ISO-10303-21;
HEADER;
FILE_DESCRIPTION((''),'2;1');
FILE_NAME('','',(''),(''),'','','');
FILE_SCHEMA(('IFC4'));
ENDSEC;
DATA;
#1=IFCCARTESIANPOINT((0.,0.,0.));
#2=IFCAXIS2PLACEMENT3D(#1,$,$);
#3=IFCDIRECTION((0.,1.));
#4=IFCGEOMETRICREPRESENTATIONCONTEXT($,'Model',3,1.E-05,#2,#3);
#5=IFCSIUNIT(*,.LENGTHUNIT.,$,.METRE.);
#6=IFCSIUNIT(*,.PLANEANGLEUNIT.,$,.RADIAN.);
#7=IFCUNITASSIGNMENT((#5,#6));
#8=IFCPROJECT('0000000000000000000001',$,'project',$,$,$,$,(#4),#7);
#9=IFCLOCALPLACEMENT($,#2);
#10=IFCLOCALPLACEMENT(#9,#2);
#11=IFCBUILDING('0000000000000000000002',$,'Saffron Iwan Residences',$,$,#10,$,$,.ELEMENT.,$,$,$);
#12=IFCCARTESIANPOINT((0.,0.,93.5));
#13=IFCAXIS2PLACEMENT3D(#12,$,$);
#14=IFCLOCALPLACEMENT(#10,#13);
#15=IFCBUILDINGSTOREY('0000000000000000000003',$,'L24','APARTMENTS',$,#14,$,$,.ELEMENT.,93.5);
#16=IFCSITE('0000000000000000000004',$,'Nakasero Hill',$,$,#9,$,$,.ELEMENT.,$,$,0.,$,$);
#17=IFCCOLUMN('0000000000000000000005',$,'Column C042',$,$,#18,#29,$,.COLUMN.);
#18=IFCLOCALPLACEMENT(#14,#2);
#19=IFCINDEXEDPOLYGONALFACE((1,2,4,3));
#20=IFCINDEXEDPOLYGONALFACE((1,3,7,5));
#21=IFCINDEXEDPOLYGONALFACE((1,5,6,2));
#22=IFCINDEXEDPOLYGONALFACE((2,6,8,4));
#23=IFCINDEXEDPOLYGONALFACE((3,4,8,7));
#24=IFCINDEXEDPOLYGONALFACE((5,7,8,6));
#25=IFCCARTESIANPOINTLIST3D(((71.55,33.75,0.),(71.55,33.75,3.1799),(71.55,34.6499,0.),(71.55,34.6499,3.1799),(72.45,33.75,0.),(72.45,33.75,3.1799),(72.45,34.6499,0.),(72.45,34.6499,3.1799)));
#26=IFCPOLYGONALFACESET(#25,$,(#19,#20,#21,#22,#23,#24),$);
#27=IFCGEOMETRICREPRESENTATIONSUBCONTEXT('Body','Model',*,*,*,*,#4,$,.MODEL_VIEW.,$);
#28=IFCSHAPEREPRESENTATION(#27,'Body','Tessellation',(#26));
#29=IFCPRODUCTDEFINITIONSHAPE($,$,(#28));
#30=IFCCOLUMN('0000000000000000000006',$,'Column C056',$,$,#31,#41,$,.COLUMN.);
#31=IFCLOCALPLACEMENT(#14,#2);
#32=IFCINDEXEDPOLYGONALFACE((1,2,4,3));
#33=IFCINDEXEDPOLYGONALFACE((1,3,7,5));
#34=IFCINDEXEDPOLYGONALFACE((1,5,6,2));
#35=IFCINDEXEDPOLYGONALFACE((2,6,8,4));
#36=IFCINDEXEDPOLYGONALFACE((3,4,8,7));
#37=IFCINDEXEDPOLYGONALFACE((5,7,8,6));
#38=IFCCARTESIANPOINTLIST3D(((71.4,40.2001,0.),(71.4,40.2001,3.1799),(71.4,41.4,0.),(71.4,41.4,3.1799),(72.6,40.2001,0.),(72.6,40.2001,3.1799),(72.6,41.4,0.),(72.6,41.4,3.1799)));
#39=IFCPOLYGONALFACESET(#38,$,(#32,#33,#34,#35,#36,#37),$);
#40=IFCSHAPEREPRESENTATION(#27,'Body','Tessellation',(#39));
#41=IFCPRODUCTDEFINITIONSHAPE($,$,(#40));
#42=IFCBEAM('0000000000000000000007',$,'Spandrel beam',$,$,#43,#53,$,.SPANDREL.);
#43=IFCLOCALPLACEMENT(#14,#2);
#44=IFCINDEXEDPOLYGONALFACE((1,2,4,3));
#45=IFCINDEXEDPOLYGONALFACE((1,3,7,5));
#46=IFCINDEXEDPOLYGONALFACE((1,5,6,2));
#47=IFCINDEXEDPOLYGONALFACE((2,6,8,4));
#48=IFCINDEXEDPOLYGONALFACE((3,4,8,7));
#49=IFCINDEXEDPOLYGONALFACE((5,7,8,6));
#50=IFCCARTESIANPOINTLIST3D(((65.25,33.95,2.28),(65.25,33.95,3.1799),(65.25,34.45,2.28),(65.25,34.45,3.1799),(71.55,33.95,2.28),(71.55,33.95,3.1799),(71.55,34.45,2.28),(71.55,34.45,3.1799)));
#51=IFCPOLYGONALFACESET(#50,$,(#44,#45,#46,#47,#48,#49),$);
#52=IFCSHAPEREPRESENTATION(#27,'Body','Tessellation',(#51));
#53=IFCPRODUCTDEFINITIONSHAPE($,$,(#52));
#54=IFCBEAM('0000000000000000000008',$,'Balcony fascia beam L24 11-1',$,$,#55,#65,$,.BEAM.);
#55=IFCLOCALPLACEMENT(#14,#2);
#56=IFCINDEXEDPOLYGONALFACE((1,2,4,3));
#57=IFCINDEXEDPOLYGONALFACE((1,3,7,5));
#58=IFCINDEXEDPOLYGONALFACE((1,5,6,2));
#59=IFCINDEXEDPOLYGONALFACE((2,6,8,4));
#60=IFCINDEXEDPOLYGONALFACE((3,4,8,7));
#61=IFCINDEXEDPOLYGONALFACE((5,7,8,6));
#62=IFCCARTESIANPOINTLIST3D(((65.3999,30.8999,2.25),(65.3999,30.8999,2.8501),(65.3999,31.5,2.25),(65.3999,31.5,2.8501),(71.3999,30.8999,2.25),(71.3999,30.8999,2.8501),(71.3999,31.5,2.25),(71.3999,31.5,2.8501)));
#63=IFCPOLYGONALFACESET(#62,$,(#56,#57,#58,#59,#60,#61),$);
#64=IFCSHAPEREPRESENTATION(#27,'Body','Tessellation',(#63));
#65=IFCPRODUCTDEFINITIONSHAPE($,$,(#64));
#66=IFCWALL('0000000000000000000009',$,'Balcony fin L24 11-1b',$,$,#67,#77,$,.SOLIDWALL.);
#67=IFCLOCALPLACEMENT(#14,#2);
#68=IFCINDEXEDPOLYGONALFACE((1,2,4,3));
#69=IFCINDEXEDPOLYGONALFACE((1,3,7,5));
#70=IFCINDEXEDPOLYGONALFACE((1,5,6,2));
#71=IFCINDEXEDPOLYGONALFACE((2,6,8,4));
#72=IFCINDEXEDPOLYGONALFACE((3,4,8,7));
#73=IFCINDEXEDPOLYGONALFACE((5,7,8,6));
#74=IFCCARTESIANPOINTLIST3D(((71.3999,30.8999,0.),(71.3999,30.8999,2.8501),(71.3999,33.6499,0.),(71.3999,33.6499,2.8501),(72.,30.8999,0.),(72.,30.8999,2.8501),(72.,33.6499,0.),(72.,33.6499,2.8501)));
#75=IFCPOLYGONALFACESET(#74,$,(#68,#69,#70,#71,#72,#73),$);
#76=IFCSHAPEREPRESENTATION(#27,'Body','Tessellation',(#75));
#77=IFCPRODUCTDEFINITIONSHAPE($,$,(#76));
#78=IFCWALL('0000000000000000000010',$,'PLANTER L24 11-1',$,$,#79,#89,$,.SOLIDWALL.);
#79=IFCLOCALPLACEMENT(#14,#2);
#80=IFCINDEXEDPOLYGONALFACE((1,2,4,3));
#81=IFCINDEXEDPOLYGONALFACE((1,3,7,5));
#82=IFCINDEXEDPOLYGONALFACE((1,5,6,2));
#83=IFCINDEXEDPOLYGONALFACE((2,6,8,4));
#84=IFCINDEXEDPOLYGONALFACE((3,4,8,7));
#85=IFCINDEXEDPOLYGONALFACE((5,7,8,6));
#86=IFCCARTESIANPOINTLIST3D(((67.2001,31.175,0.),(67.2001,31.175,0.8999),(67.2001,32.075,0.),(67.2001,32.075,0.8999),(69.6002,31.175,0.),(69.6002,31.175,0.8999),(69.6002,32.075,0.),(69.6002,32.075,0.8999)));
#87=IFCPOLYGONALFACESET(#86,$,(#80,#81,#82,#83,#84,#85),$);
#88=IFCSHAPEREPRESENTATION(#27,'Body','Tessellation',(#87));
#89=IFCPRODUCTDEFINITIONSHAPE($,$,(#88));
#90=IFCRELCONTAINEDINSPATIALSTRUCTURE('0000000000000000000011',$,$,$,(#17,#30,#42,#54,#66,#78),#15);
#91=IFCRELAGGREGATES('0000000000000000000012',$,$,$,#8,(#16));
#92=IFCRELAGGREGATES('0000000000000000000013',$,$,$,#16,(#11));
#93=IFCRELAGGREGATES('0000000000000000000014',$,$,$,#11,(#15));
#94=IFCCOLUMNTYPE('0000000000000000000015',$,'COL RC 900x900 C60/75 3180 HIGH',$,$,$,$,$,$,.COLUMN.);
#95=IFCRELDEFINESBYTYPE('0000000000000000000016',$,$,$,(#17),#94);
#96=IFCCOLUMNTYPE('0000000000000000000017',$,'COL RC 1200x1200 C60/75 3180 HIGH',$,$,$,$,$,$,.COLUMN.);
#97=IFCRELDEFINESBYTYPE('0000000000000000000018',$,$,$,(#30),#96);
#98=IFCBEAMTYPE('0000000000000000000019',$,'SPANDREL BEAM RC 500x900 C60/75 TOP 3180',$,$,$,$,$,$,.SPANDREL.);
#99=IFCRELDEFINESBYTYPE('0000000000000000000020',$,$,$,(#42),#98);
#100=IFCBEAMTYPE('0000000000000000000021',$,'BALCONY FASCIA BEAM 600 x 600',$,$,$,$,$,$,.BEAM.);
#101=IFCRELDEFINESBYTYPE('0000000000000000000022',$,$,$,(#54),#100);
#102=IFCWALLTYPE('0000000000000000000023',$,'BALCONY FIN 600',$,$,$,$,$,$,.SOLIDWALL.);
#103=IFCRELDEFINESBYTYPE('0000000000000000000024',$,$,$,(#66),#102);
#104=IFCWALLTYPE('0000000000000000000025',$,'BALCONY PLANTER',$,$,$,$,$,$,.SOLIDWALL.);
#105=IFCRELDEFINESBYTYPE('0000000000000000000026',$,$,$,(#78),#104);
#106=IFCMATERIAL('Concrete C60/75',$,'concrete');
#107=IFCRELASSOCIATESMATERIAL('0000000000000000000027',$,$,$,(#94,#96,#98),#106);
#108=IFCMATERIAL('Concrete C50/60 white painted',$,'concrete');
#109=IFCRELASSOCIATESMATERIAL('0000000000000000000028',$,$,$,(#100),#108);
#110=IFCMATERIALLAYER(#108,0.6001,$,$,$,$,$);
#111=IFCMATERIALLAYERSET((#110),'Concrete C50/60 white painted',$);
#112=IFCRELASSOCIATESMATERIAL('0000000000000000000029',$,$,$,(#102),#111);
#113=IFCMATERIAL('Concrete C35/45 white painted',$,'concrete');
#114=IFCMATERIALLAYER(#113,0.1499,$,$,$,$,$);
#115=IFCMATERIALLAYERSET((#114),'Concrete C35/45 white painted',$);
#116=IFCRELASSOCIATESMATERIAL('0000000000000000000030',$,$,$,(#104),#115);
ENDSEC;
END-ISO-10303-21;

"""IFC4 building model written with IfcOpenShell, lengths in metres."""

from ifc_helpers import new_model, si_unit, direction, frame, frame_2d, origin, origin_2d, place, context, subcontext, project, spatial, rectangle, extrude, source, transform, mapped, material, layer, layer_set, material_profile, profile_set, type_object, element, save


model = new_model("IFC4")

# Units and contexts
model_context = context("Model", 3, precision=1e-05, world=origin(), true_north=direction((0.0, 1.0)))
body_context = subcontext(model_context, "Body", "Model", "MODEL_VIEW")
ifc_project = project(units=[si_unit("LENGTHUNIT", "METRE"), si_unit("PLANEANGLEUNIT", "RADIAN")], contexts=[model_context])

# Site, building, storey
site_placement = place(None, origin())
site = spatial("IfcSite", under=ifc_project, at=site_placement, Name="Nakasero Hill", CompositionType="ELEMENT", RefElevation=0.0)
building_placement = place(site_placement, origin())
building = spatial("IfcBuilding", under=site, at=building_placement, Name="Saffron Iwan Residences", CompositionType="ELEMENT")
storey_placement = place(building_placement, frame((0.0, 0.0, 93.5)))
storey = spatial("IfcBuildingStorey", under=building, at=storey_placement, Name="L24", Description="APARTMENTS", CompositionType="ELEMENT", Elevation=93.5)

# Columns
ifc_material_1 = material(Name="Concrete C60/75", Category="concrete")
ifc_material_profile_1 = material_profile(ifc_material_1, rectangle(XDim=0.8999, YDim=0.8999, at=origin_2d()), Name="RC 900x900")
ifc_profile_set_1 = profile_set([ifc_material_profile_1], Name="Concrete C60/75")
column_type_1 = type_object("IfcColumnType", Name="COL RC 900x900 C60/75 3180 HIGH", PredefinedType="COLUMN", material=ifc_profile_set_1)
shared_shape_1 = source(origin(), body_context, "Body", "SweptSolid", [
    extrude(rectangle(XDim=0.8999, YDim=0.8999, at=origin_2d()), origin(), (0.0, 0.0, 1.0), 3.1799),
])
column_1_placement = place(storey_placement, frame((72.0, 34.2, 0.0), z_axis=(0.0, 0.0, 1.0), x_axis=(1.0, 0.0, 0.0)))
element("IfcColumn", 1, at=column_1_placement, inside=storey, type_object=column_type_1, Name="Column C042", PredefinedType="COLUMN", context=body_context, shape_type="MappedRepresentation", body=[
    mapped(shared_shape_1, transform((0.0, 0.0, 0.0))),
])
ifc_material_profile_2 = material_profile(ifc_material_1, rectangle(XDim=1.2, YDim=1.2, at=origin_2d()), Name="RC 1200x1200")
ifc_profile_set_2 = profile_set([ifc_material_profile_2], Name="Concrete C60/75")
column_type_2 = type_object("IfcColumnType", Name="COL RC 1200x1200 C60/75 3180 HIGH", PredefinedType="COLUMN", material=ifc_profile_set_2)
shared_shape_2 = source(origin(), body_context, "Body", "SweptSolid", [
    extrude(rectangle(XDim=1.2, YDim=1.2, at=origin_2d()), origin(), (0.0, 0.0, 1.0), 3.1799),
])
column_2_placement = place(storey_placement, frame((72.0, 40.8, 0.0), z_axis=(0.0, 0.0, 1.0), x_axis=(1.0, 0.0, 0.0)))
element("IfcColumn", 2, at=column_2_placement, inside=storey, type_object=column_type_2, Name="Column C056", PredefinedType="COLUMN", context=body_context, shape_type="MappedRepresentation", body=[
    mapped(shared_shape_2, transform((0.0, 0.0, 0.0))),
])

# Beams
ifc_material_profile_3 = material_profile(ifc_material_1, rectangle(XDim=0.5, YDim=0.8999, at=origin_2d()), Name="RC 500x900")
ifc_profile_set_3 = profile_set([ifc_material_profile_3], Name="Concrete C60/75")
beam_type_1 = type_object("IfcBeamType", Name="SPANDREL BEAM RC 500x900 C60/75 TOP 3180", PredefinedType="SPANDREL", material=ifc_profile_set_3)
shared_shape_3 = source(origin(), body_context, "Body", "SweptSolid", [
    extrude(rectangle(XDim=0.5, YDim=0.8999, at=origin_2d()), origin(), (0.0, 0.0, 1.0), 6.3),
])
beam_1_placement = place(storey_placement, frame((71.55, 34.2, 2.73), z_axis=(-1.0, 0.0, 0.0), x_axis=(0.0, -1.0, 0.0)))
element("IfcBeam", 3, at=beam_1_placement, inside=storey, type_object=beam_type_1, Name="Spandrel beam", PredefinedType="SPANDREL", context=body_context, shape_type="MappedRepresentation", body=[
    mapped(shared_shape_3, transform((0.0, 0.0, 0.0))),
])
ifc_material_2 = material(Name="Concrete C50/60 white painted", Category="concrete")
ifc_material_profile_4 = material_profile(ifc_material_2, rectangle(XDim=0.6001, YDim=0.6001, at=origin_2d()), Name="BALCONY FASCIA BEAM 600 x 600")
ifc_profile_set_4 = profile_set([ifc_material_profile_4], Name="Concrete C50/60 white painted")
beam_type_2 = type_object("IfcBeamType", Name="BALCONY FASCIA BEAM 600 x 600", PredefinedType="BEAM", material=ifc_profile_set_4)
shared_shape_4 = source(origin(), body_context, "Body", "SweptSolid", [
    extrude(rectangle(XDim=0.6001, YDim=0.6001, at=origin_2d()), origin(), (0.0, 0.0, 1.0), 6.0),
])
beam_2_placement = place(storey_placement, frame((65.3999, 31.2, 2.55), z_axis=(1.0, 0.0, 0.0), x_axis=(0.0, 1.0, 0.0)))
element("IfcBeam", 4, at=beam_2_placement, inside=storey, type_object=beam_type_2, Name="Balcony fascia beam L24 11-1", PredefinedType="BEAM", context=body_context, shape_type="MappedRepresentation", body=[
    mapped(shared_shape_4, transform((0.0, 0.0, 0.0))),
])

# Walls
ifc_layer_1 = layer(ifc_material_2, 0.6001)
ifc_layer_set_1 = layer_set([ifc_layer_1], Name="Concrete C50/60 white painted")
wall_type_1 = type_object("IfcWallType", Name="BALCONY FIN 600", PredefinedType="SOLIDWALL", material=ifc_layer_set_1)
wall_1_placement = place(storey_placement, frame((71.7, 33.6499, 0.0), z_axis=(0.0, 0.0, 1.0), x_axis=(0.0, -1.0, 0.0)))
element("IfcWall", 5, at=wall_1_placement, inside=storey, type_object=wall_type_1, Name="Balcony fin L24 11-1b", PredefinedType="SOLIDWALL", context=body_context, shape_type="SweptSolid", body=[
    extrude(rectangle(XDim=2.75, YDim=0.6001, at=frame_2d((1.375, 0.0))), origin(), (0.0, 0.0, 1.0), 2.8501),
])
ifc_material_3 = material(Name="Concrete C35/45 white painted", Category="concrete")
ifc_layer_2 = layer(ifc_material_3, 0.1499)
ifc_layer_set_2 = layer_set([ifc_layer_2], Name="Concrete C35/45 white painted")
wall_type_2 = type_object("IfcWallType", Name="BALCONY PLANTER", PredefinedType="SOLIDWALL", material=ifc_layer_set_2)
wall_2_placement = place(storey_placement, frame((67.2, 31.625, 0.0), z_axis=(0.0, 0.0, 1.0), x_axis=(1.0, 0.0, 0.0)))
element("IfcWall", 6, at=wall_2_placement, inside=storey, type_object=wall_type_2, Name="PLANTER L24 11-1", PredefinedType="SOLIDWALL", context=body_context, shape_type="SweptSolid", body=[
    extrude(rectangle(XDim=2.4001, YDim=0.8999, at=frame_2d((1.2002, 0.0))), origin(), (0.0, 0.0, 1.0), 0.8999),
])

save(model, "model.ifc")
